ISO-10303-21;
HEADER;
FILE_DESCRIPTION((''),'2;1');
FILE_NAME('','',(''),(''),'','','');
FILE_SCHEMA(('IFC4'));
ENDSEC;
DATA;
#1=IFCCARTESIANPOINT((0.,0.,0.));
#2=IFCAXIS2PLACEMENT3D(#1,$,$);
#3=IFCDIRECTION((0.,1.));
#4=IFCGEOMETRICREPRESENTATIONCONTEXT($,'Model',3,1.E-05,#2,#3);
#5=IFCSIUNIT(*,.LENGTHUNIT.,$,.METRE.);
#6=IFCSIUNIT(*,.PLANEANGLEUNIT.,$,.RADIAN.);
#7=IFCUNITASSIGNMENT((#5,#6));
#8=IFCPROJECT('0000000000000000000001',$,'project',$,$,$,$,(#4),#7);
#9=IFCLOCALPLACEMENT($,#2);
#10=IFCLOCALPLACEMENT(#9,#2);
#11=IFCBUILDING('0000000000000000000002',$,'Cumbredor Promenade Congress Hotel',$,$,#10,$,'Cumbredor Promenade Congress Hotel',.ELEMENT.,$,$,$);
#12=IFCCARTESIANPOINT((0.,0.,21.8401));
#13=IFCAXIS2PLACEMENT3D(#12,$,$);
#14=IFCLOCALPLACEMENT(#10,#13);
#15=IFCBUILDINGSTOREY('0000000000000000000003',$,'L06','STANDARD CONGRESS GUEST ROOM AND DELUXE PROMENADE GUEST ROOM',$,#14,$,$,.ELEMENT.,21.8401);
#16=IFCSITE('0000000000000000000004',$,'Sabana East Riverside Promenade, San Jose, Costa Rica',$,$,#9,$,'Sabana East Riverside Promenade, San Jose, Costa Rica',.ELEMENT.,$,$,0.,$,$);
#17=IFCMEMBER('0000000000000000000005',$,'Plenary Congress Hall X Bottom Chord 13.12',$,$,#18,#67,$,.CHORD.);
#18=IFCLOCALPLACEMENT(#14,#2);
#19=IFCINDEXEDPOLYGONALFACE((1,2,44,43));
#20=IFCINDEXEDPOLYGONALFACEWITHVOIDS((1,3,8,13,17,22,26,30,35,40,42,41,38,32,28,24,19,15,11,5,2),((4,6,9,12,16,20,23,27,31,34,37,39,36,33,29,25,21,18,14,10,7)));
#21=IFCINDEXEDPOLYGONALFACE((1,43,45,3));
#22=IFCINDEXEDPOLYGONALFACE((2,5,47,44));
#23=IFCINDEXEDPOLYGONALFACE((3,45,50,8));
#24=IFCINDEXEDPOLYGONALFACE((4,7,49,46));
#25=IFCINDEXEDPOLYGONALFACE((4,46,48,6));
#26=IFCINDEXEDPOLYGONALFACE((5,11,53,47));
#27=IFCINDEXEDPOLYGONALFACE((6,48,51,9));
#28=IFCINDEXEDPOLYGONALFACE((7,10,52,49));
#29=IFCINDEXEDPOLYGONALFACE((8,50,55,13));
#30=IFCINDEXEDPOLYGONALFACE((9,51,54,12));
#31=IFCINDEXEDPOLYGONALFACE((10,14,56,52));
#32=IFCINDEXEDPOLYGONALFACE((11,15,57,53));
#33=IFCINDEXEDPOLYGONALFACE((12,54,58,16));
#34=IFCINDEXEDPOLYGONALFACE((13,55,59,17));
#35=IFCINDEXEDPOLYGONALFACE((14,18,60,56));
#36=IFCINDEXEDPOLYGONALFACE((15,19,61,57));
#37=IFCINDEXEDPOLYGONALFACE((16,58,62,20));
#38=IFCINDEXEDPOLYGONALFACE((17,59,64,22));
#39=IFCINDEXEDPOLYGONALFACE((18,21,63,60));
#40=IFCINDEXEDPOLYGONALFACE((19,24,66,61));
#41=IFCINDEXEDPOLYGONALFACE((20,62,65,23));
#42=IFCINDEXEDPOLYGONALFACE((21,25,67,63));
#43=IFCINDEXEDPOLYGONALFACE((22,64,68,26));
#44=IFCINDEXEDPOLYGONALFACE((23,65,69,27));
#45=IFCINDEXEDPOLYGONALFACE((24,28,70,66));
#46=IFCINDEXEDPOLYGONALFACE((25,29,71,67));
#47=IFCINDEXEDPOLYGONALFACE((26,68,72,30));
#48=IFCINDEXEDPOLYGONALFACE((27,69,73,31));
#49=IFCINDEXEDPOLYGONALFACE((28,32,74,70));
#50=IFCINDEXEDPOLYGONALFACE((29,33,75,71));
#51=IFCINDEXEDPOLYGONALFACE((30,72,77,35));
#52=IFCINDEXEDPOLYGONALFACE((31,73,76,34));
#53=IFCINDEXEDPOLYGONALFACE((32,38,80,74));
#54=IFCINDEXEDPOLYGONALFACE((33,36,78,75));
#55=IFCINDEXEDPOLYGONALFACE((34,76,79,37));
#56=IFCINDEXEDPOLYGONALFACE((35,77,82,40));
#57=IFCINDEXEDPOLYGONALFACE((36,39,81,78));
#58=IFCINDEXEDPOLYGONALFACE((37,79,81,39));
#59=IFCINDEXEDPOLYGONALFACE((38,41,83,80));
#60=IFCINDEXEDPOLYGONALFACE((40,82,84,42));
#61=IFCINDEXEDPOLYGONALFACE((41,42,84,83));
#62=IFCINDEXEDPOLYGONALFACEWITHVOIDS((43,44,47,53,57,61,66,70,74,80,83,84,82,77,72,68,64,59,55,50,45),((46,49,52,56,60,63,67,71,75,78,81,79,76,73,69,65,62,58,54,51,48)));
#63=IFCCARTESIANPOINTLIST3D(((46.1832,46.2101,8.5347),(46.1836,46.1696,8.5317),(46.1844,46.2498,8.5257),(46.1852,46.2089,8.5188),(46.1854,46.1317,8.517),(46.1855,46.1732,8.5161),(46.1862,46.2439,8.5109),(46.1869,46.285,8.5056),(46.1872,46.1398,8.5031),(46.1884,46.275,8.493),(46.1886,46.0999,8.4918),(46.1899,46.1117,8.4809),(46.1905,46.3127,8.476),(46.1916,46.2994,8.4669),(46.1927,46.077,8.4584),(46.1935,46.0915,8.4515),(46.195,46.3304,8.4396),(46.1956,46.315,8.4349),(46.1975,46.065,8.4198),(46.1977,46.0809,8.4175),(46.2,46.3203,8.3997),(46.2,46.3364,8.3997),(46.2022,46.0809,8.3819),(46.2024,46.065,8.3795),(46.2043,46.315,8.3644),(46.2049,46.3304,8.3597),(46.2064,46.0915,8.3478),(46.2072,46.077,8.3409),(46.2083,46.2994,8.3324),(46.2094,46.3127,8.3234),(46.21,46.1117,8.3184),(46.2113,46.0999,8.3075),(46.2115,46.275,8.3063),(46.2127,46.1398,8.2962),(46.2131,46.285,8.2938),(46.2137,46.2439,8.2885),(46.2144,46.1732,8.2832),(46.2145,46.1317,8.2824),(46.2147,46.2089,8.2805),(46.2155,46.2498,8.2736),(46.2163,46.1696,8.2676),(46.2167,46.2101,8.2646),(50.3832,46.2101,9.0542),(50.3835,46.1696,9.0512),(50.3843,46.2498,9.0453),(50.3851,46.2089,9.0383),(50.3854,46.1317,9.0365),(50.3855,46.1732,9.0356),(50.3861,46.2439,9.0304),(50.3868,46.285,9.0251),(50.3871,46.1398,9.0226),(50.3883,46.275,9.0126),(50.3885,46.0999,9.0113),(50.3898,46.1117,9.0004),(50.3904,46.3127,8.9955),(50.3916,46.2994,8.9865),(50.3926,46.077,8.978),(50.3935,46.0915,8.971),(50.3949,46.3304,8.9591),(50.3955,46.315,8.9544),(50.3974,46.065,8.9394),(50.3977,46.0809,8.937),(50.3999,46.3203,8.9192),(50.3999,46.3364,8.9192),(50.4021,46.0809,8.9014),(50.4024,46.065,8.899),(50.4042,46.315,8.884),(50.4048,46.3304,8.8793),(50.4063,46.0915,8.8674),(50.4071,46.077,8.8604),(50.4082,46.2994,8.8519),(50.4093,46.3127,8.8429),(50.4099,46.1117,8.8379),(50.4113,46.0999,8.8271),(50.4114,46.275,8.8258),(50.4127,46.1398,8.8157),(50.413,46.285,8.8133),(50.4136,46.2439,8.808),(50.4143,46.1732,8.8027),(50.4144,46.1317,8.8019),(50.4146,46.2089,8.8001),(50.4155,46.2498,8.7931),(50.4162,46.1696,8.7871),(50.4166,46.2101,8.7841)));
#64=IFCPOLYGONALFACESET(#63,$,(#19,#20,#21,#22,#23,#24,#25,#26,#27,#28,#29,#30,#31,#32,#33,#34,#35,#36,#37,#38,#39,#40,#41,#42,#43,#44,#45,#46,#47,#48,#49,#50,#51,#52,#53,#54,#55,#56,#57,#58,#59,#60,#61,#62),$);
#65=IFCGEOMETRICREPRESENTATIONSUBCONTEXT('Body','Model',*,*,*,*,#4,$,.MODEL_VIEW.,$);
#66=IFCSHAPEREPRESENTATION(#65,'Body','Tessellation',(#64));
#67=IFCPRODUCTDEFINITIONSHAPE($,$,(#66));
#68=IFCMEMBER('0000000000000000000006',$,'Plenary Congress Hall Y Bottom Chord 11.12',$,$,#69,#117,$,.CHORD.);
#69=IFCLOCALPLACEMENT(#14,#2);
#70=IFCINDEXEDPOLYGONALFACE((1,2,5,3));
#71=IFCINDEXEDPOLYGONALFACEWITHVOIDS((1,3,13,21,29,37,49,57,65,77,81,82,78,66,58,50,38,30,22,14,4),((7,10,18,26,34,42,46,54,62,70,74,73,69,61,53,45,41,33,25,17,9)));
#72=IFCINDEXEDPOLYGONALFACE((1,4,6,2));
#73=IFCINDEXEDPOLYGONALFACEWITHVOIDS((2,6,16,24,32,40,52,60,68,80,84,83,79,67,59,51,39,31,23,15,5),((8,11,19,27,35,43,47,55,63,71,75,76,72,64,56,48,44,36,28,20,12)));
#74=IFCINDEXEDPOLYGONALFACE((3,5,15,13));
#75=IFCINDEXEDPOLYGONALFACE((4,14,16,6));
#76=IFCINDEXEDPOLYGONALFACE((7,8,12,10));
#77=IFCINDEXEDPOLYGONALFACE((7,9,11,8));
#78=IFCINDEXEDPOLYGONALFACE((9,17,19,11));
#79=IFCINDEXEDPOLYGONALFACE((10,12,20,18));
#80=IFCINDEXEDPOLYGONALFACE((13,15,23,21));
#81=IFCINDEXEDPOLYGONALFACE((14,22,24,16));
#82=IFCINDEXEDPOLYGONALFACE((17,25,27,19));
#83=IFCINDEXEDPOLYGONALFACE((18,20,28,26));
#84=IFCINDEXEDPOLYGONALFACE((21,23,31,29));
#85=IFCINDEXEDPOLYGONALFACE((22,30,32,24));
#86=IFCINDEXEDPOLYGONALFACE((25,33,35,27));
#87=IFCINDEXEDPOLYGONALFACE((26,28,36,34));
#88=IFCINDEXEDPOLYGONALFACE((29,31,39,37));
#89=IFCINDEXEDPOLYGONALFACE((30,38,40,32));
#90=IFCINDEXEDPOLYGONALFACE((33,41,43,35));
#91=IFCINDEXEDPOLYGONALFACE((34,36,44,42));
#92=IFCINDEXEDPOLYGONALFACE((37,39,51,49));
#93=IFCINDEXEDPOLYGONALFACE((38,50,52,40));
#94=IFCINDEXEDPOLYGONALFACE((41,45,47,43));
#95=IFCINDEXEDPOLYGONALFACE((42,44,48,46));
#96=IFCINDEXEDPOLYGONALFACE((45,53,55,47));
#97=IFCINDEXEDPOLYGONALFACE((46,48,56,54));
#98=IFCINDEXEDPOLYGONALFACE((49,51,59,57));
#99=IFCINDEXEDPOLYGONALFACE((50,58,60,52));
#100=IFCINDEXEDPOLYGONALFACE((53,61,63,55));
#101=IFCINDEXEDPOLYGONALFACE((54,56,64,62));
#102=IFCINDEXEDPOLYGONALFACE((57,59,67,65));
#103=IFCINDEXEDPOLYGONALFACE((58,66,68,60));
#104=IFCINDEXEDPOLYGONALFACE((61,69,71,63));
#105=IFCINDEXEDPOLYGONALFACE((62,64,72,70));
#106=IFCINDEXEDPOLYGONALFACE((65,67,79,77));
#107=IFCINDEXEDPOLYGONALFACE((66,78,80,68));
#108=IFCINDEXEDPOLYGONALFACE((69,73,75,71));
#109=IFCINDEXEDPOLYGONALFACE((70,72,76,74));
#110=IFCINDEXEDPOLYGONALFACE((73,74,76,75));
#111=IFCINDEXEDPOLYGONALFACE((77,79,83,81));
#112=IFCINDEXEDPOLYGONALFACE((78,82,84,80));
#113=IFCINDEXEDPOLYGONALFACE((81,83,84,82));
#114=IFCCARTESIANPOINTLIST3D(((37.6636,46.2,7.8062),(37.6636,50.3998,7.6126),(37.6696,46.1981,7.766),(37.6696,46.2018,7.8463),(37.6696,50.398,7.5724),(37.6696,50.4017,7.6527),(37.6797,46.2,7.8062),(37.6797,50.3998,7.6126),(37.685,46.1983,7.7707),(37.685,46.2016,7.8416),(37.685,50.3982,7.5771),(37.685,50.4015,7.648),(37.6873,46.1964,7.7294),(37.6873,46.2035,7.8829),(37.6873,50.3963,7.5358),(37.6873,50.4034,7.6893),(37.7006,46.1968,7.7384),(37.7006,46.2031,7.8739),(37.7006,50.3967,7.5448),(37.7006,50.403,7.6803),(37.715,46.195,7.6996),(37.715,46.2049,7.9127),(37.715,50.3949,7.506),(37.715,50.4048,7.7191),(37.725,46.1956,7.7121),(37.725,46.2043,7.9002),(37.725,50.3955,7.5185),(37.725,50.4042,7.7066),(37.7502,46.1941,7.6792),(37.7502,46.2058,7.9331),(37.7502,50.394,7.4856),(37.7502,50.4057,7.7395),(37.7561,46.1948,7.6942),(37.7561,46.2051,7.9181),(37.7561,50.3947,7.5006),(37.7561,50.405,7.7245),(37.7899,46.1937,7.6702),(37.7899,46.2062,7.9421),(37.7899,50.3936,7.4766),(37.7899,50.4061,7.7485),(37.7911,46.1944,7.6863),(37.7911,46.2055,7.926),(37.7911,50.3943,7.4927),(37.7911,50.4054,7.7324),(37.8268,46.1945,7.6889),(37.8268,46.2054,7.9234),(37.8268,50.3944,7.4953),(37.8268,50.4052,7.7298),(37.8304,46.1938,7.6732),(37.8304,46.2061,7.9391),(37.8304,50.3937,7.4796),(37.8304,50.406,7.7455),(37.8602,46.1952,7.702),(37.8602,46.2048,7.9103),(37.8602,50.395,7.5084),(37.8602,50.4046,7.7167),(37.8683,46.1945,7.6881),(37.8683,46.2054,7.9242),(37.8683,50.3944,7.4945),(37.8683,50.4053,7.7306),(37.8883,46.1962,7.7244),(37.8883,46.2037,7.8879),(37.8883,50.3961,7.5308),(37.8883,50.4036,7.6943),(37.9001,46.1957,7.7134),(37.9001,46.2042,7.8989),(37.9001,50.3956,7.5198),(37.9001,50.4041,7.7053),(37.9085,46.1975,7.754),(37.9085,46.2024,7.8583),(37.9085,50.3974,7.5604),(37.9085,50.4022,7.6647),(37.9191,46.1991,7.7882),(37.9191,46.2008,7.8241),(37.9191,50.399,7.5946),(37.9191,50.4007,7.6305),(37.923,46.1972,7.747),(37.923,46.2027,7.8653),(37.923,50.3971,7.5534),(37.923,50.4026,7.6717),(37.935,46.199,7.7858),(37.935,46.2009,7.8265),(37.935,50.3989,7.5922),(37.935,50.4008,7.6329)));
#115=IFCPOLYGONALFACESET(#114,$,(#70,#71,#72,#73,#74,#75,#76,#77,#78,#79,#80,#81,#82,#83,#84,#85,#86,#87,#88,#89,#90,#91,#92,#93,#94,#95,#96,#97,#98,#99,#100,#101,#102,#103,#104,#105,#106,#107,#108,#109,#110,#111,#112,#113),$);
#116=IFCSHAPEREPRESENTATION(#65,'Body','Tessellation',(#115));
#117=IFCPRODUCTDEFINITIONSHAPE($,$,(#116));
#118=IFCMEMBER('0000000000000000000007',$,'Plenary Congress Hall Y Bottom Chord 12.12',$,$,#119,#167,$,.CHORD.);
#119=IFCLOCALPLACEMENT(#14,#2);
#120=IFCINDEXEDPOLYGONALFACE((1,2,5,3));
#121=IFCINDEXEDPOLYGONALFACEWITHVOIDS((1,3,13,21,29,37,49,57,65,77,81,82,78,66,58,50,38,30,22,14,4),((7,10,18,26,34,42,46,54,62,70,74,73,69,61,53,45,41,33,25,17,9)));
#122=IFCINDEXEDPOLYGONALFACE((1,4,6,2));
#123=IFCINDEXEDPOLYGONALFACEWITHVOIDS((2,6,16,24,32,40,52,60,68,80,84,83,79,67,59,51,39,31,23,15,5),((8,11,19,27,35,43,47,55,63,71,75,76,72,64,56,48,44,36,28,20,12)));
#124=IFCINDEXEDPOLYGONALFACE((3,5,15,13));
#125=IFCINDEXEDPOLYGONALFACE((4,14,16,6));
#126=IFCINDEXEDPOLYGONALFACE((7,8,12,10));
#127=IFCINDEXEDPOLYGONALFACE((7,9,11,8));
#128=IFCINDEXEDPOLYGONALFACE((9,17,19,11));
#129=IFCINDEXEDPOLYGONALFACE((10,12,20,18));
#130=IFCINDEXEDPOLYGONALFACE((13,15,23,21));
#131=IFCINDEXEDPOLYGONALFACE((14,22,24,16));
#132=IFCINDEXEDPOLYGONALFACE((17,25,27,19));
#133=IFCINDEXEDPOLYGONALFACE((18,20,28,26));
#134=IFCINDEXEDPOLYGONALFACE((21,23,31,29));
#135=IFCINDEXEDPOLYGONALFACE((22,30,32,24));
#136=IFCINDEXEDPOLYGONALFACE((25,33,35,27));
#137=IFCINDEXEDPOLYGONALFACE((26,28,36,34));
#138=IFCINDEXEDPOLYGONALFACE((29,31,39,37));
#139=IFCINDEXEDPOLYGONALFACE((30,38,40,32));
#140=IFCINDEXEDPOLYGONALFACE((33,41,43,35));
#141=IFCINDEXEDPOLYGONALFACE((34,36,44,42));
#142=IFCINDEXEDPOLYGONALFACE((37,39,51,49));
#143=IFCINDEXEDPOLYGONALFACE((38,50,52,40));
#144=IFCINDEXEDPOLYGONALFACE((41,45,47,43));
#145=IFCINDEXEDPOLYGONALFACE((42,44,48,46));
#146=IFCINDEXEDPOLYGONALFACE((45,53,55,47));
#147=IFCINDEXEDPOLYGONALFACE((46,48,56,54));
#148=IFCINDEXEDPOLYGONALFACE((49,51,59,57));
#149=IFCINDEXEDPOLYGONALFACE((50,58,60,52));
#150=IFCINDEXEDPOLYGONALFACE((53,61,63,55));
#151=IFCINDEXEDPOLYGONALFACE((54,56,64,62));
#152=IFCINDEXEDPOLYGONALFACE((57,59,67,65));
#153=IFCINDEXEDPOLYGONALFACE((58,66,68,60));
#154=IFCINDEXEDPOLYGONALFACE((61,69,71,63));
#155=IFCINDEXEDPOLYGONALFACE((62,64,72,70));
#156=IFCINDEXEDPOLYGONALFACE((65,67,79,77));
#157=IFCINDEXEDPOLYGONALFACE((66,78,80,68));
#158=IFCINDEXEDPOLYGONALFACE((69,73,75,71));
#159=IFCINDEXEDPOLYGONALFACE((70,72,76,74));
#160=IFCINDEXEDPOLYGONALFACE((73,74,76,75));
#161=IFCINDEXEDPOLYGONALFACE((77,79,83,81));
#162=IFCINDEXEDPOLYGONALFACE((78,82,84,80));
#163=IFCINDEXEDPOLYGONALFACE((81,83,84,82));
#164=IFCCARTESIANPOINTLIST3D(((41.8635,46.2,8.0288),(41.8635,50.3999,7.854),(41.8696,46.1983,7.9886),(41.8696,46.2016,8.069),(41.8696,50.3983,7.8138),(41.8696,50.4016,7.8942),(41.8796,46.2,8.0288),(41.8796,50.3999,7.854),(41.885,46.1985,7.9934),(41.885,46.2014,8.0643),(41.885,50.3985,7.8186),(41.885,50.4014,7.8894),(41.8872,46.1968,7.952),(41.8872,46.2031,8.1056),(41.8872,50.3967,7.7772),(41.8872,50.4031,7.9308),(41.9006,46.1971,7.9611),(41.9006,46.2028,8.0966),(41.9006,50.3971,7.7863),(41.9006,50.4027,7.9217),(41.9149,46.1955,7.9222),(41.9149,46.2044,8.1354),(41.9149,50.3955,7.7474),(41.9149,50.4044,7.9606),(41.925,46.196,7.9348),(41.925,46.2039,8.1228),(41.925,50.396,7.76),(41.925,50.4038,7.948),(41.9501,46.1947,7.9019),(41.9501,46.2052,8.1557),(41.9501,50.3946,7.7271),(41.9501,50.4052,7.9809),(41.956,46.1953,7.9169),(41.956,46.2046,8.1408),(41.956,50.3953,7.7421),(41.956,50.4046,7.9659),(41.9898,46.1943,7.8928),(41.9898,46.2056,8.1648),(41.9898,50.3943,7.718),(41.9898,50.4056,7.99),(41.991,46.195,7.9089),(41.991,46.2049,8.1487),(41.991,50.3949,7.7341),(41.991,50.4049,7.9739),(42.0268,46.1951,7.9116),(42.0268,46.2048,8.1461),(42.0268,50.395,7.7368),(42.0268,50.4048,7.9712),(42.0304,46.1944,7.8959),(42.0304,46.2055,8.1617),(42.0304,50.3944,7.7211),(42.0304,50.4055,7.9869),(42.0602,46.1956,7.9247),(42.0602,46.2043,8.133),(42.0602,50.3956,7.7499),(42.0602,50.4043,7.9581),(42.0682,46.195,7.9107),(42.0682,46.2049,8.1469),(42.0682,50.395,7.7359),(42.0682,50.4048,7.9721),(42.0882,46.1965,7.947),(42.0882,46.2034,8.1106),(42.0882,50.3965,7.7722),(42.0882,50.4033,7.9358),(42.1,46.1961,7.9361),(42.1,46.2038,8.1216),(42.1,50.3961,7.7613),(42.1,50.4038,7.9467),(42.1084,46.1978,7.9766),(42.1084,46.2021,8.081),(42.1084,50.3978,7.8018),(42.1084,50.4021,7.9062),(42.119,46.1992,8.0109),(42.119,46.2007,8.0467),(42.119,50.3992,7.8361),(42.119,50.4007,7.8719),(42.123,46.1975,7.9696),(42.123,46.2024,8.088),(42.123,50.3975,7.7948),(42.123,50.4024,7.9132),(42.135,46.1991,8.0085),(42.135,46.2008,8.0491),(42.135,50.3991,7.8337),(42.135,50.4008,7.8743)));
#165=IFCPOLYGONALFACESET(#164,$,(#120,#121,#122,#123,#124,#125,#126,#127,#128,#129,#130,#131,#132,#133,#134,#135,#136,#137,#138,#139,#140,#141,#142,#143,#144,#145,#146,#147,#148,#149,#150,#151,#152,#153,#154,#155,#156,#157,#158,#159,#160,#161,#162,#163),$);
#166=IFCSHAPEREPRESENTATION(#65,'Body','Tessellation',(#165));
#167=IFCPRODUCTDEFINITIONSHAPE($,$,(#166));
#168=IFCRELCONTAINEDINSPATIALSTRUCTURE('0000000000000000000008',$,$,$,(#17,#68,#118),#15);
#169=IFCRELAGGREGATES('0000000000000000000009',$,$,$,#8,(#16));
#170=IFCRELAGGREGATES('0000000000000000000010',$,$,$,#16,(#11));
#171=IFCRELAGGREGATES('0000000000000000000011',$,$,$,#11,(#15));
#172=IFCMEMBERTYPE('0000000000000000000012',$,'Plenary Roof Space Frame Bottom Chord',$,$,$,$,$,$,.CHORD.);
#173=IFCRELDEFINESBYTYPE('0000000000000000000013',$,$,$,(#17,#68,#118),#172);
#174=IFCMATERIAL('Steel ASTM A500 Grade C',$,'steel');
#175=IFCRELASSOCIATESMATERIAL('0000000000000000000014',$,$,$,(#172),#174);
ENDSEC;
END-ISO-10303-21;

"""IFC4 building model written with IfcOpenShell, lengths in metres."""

from ifc_helpers import new_model, si_unit, direction, frame, origin, origin_2d, place, context, subcontext, project, spatial, hollow_circle, extrude, material, material_profile, profile_set, type_object, element, save


model = new_model("IFC4")

# Units and contexts
model_context = context("Model", 3, precision=1e-05, world=origin(), true_north=direction((0.0, 1.0)))
body_context = subcontext(model_context, "Body", "Model", "MODEL_VIEW")
ifc_project = project(units=[si_unit("LENGTHUNIT", "METRE"), si_unit("PLANEANGLEUNIT", "RADIAN")], contexts=[model_context])

# Site, building, storey
site_placement = place(None, origin())
site = spatial("IfcSite", under=ifc_project, at=site_placement, Name="Sabana East Riverside Promenade, San Jose, Costa Rica", LongName="Sabana East Riverside Promenade, San Jose, Costa Rica", CompositionType="ELEMENT", RefElevation=0.0)
building_placement = place(site_placement, origin())
building = spatial("IfcBuilding", under=site, at=building_placement, Name="Cumbredor Promenade Congress Hotel", LongName="Cumbredor Promenade Congress Hotel", CompositionType="ELEMENT")
storey_placement = place(building_placement, frame((0.0, 0.0, 21.8401)))
storey = spatial("IfcBuildingStorey", under=building, at=storey_placement, Name="L06", Description="STANDARD CONGRESS GUEST ROOM AND DELUXE PROMENADE GUEST ROOM", CompositionType="ELEMENT", Elevation=21.8401)

# Members
ifc_material_1 = material(Name="Steel ASTM A500 Grade C", Category="steel")
ifc_material_profile_1 = material_profile(ifc_material_1, hollow_circle(Radius=0.1365, WallThickness=0.0161, at=origin_2d()), Name="CHS 273.0x16")
ifc_profile_set_1 = profile_set([ifc_material_profile_1], Name="Steel ASTM A500 Grade C")
member_type_1 = type_object("IfcMemberType", Name="Plenary Roof Space Frame Bottom Chord", PredefinedType="CHORD", material=ifc_profile_set_1)
member_1_placement = place(storey_placement, frame((46.2, 46.2, 8.3997), z_axis=(0.992436, 0.0, 0.122764), x_axis=(0.0, 1.0, 0.0)))
element("IfcMember", 1, at=member_1_placement, inside=storey, type_object=member_type_1, Name="Plenary Congress Hall X Bottom Chord 13.12", PredefinedType="CHORD", context=body_context, shape_type="SweptSolid", body=[
    extrude(hollow_circle(Radius=0.1365, WallThickness=0.0161, at=origin_2d()), origin(), (0.0, 0.0, 1.0), 4.2319),
])
member_2_placement = place(storey_placement, frame((37.8, 46.2, 7.8062), z_axis=(0.0, 0.998939, -0.046048), x_axis=(-1.0, 0.0, 0.0)))
element("IfcMember", 2, at=member_2_placement, inside=storey, type_object=member_type_1, Name="Plenary Congress Hall Y Bottom Chord 11.12", PredefinedType="CHORD", context=body_context, shape_type="SweptSolid", body=[
    extrude(hollow_circle(Radius=0.1365, WallThickness=0.0161, at=origin_2d()), origin(), (0.0, 0.0, 1.0), 4.2043),
])
member_3_placement = place(storey_placement, frame((42.0, 46.2, 8.0288), z_axis=(0.0, 0.999135, -0.041585), x_axis=(-1.0, 0.0, 0.0)))
element("IfcMember", 3, at=member_3_placement, inside=storey, type_object=member_type_1, Name="Plenary Congress Hall Y Bottom Chord 12.12", PredefinedType="CHORD", context=body_context, shape_type="SweptSolid", body=[
    extrude(hollow_circle(Radius=0.1365, WallThickness=0.0161, at=origin_2d()), origin(), (0.0, 0.0, 1.0), 4.2036),
])

save(model, "model.ifc")
